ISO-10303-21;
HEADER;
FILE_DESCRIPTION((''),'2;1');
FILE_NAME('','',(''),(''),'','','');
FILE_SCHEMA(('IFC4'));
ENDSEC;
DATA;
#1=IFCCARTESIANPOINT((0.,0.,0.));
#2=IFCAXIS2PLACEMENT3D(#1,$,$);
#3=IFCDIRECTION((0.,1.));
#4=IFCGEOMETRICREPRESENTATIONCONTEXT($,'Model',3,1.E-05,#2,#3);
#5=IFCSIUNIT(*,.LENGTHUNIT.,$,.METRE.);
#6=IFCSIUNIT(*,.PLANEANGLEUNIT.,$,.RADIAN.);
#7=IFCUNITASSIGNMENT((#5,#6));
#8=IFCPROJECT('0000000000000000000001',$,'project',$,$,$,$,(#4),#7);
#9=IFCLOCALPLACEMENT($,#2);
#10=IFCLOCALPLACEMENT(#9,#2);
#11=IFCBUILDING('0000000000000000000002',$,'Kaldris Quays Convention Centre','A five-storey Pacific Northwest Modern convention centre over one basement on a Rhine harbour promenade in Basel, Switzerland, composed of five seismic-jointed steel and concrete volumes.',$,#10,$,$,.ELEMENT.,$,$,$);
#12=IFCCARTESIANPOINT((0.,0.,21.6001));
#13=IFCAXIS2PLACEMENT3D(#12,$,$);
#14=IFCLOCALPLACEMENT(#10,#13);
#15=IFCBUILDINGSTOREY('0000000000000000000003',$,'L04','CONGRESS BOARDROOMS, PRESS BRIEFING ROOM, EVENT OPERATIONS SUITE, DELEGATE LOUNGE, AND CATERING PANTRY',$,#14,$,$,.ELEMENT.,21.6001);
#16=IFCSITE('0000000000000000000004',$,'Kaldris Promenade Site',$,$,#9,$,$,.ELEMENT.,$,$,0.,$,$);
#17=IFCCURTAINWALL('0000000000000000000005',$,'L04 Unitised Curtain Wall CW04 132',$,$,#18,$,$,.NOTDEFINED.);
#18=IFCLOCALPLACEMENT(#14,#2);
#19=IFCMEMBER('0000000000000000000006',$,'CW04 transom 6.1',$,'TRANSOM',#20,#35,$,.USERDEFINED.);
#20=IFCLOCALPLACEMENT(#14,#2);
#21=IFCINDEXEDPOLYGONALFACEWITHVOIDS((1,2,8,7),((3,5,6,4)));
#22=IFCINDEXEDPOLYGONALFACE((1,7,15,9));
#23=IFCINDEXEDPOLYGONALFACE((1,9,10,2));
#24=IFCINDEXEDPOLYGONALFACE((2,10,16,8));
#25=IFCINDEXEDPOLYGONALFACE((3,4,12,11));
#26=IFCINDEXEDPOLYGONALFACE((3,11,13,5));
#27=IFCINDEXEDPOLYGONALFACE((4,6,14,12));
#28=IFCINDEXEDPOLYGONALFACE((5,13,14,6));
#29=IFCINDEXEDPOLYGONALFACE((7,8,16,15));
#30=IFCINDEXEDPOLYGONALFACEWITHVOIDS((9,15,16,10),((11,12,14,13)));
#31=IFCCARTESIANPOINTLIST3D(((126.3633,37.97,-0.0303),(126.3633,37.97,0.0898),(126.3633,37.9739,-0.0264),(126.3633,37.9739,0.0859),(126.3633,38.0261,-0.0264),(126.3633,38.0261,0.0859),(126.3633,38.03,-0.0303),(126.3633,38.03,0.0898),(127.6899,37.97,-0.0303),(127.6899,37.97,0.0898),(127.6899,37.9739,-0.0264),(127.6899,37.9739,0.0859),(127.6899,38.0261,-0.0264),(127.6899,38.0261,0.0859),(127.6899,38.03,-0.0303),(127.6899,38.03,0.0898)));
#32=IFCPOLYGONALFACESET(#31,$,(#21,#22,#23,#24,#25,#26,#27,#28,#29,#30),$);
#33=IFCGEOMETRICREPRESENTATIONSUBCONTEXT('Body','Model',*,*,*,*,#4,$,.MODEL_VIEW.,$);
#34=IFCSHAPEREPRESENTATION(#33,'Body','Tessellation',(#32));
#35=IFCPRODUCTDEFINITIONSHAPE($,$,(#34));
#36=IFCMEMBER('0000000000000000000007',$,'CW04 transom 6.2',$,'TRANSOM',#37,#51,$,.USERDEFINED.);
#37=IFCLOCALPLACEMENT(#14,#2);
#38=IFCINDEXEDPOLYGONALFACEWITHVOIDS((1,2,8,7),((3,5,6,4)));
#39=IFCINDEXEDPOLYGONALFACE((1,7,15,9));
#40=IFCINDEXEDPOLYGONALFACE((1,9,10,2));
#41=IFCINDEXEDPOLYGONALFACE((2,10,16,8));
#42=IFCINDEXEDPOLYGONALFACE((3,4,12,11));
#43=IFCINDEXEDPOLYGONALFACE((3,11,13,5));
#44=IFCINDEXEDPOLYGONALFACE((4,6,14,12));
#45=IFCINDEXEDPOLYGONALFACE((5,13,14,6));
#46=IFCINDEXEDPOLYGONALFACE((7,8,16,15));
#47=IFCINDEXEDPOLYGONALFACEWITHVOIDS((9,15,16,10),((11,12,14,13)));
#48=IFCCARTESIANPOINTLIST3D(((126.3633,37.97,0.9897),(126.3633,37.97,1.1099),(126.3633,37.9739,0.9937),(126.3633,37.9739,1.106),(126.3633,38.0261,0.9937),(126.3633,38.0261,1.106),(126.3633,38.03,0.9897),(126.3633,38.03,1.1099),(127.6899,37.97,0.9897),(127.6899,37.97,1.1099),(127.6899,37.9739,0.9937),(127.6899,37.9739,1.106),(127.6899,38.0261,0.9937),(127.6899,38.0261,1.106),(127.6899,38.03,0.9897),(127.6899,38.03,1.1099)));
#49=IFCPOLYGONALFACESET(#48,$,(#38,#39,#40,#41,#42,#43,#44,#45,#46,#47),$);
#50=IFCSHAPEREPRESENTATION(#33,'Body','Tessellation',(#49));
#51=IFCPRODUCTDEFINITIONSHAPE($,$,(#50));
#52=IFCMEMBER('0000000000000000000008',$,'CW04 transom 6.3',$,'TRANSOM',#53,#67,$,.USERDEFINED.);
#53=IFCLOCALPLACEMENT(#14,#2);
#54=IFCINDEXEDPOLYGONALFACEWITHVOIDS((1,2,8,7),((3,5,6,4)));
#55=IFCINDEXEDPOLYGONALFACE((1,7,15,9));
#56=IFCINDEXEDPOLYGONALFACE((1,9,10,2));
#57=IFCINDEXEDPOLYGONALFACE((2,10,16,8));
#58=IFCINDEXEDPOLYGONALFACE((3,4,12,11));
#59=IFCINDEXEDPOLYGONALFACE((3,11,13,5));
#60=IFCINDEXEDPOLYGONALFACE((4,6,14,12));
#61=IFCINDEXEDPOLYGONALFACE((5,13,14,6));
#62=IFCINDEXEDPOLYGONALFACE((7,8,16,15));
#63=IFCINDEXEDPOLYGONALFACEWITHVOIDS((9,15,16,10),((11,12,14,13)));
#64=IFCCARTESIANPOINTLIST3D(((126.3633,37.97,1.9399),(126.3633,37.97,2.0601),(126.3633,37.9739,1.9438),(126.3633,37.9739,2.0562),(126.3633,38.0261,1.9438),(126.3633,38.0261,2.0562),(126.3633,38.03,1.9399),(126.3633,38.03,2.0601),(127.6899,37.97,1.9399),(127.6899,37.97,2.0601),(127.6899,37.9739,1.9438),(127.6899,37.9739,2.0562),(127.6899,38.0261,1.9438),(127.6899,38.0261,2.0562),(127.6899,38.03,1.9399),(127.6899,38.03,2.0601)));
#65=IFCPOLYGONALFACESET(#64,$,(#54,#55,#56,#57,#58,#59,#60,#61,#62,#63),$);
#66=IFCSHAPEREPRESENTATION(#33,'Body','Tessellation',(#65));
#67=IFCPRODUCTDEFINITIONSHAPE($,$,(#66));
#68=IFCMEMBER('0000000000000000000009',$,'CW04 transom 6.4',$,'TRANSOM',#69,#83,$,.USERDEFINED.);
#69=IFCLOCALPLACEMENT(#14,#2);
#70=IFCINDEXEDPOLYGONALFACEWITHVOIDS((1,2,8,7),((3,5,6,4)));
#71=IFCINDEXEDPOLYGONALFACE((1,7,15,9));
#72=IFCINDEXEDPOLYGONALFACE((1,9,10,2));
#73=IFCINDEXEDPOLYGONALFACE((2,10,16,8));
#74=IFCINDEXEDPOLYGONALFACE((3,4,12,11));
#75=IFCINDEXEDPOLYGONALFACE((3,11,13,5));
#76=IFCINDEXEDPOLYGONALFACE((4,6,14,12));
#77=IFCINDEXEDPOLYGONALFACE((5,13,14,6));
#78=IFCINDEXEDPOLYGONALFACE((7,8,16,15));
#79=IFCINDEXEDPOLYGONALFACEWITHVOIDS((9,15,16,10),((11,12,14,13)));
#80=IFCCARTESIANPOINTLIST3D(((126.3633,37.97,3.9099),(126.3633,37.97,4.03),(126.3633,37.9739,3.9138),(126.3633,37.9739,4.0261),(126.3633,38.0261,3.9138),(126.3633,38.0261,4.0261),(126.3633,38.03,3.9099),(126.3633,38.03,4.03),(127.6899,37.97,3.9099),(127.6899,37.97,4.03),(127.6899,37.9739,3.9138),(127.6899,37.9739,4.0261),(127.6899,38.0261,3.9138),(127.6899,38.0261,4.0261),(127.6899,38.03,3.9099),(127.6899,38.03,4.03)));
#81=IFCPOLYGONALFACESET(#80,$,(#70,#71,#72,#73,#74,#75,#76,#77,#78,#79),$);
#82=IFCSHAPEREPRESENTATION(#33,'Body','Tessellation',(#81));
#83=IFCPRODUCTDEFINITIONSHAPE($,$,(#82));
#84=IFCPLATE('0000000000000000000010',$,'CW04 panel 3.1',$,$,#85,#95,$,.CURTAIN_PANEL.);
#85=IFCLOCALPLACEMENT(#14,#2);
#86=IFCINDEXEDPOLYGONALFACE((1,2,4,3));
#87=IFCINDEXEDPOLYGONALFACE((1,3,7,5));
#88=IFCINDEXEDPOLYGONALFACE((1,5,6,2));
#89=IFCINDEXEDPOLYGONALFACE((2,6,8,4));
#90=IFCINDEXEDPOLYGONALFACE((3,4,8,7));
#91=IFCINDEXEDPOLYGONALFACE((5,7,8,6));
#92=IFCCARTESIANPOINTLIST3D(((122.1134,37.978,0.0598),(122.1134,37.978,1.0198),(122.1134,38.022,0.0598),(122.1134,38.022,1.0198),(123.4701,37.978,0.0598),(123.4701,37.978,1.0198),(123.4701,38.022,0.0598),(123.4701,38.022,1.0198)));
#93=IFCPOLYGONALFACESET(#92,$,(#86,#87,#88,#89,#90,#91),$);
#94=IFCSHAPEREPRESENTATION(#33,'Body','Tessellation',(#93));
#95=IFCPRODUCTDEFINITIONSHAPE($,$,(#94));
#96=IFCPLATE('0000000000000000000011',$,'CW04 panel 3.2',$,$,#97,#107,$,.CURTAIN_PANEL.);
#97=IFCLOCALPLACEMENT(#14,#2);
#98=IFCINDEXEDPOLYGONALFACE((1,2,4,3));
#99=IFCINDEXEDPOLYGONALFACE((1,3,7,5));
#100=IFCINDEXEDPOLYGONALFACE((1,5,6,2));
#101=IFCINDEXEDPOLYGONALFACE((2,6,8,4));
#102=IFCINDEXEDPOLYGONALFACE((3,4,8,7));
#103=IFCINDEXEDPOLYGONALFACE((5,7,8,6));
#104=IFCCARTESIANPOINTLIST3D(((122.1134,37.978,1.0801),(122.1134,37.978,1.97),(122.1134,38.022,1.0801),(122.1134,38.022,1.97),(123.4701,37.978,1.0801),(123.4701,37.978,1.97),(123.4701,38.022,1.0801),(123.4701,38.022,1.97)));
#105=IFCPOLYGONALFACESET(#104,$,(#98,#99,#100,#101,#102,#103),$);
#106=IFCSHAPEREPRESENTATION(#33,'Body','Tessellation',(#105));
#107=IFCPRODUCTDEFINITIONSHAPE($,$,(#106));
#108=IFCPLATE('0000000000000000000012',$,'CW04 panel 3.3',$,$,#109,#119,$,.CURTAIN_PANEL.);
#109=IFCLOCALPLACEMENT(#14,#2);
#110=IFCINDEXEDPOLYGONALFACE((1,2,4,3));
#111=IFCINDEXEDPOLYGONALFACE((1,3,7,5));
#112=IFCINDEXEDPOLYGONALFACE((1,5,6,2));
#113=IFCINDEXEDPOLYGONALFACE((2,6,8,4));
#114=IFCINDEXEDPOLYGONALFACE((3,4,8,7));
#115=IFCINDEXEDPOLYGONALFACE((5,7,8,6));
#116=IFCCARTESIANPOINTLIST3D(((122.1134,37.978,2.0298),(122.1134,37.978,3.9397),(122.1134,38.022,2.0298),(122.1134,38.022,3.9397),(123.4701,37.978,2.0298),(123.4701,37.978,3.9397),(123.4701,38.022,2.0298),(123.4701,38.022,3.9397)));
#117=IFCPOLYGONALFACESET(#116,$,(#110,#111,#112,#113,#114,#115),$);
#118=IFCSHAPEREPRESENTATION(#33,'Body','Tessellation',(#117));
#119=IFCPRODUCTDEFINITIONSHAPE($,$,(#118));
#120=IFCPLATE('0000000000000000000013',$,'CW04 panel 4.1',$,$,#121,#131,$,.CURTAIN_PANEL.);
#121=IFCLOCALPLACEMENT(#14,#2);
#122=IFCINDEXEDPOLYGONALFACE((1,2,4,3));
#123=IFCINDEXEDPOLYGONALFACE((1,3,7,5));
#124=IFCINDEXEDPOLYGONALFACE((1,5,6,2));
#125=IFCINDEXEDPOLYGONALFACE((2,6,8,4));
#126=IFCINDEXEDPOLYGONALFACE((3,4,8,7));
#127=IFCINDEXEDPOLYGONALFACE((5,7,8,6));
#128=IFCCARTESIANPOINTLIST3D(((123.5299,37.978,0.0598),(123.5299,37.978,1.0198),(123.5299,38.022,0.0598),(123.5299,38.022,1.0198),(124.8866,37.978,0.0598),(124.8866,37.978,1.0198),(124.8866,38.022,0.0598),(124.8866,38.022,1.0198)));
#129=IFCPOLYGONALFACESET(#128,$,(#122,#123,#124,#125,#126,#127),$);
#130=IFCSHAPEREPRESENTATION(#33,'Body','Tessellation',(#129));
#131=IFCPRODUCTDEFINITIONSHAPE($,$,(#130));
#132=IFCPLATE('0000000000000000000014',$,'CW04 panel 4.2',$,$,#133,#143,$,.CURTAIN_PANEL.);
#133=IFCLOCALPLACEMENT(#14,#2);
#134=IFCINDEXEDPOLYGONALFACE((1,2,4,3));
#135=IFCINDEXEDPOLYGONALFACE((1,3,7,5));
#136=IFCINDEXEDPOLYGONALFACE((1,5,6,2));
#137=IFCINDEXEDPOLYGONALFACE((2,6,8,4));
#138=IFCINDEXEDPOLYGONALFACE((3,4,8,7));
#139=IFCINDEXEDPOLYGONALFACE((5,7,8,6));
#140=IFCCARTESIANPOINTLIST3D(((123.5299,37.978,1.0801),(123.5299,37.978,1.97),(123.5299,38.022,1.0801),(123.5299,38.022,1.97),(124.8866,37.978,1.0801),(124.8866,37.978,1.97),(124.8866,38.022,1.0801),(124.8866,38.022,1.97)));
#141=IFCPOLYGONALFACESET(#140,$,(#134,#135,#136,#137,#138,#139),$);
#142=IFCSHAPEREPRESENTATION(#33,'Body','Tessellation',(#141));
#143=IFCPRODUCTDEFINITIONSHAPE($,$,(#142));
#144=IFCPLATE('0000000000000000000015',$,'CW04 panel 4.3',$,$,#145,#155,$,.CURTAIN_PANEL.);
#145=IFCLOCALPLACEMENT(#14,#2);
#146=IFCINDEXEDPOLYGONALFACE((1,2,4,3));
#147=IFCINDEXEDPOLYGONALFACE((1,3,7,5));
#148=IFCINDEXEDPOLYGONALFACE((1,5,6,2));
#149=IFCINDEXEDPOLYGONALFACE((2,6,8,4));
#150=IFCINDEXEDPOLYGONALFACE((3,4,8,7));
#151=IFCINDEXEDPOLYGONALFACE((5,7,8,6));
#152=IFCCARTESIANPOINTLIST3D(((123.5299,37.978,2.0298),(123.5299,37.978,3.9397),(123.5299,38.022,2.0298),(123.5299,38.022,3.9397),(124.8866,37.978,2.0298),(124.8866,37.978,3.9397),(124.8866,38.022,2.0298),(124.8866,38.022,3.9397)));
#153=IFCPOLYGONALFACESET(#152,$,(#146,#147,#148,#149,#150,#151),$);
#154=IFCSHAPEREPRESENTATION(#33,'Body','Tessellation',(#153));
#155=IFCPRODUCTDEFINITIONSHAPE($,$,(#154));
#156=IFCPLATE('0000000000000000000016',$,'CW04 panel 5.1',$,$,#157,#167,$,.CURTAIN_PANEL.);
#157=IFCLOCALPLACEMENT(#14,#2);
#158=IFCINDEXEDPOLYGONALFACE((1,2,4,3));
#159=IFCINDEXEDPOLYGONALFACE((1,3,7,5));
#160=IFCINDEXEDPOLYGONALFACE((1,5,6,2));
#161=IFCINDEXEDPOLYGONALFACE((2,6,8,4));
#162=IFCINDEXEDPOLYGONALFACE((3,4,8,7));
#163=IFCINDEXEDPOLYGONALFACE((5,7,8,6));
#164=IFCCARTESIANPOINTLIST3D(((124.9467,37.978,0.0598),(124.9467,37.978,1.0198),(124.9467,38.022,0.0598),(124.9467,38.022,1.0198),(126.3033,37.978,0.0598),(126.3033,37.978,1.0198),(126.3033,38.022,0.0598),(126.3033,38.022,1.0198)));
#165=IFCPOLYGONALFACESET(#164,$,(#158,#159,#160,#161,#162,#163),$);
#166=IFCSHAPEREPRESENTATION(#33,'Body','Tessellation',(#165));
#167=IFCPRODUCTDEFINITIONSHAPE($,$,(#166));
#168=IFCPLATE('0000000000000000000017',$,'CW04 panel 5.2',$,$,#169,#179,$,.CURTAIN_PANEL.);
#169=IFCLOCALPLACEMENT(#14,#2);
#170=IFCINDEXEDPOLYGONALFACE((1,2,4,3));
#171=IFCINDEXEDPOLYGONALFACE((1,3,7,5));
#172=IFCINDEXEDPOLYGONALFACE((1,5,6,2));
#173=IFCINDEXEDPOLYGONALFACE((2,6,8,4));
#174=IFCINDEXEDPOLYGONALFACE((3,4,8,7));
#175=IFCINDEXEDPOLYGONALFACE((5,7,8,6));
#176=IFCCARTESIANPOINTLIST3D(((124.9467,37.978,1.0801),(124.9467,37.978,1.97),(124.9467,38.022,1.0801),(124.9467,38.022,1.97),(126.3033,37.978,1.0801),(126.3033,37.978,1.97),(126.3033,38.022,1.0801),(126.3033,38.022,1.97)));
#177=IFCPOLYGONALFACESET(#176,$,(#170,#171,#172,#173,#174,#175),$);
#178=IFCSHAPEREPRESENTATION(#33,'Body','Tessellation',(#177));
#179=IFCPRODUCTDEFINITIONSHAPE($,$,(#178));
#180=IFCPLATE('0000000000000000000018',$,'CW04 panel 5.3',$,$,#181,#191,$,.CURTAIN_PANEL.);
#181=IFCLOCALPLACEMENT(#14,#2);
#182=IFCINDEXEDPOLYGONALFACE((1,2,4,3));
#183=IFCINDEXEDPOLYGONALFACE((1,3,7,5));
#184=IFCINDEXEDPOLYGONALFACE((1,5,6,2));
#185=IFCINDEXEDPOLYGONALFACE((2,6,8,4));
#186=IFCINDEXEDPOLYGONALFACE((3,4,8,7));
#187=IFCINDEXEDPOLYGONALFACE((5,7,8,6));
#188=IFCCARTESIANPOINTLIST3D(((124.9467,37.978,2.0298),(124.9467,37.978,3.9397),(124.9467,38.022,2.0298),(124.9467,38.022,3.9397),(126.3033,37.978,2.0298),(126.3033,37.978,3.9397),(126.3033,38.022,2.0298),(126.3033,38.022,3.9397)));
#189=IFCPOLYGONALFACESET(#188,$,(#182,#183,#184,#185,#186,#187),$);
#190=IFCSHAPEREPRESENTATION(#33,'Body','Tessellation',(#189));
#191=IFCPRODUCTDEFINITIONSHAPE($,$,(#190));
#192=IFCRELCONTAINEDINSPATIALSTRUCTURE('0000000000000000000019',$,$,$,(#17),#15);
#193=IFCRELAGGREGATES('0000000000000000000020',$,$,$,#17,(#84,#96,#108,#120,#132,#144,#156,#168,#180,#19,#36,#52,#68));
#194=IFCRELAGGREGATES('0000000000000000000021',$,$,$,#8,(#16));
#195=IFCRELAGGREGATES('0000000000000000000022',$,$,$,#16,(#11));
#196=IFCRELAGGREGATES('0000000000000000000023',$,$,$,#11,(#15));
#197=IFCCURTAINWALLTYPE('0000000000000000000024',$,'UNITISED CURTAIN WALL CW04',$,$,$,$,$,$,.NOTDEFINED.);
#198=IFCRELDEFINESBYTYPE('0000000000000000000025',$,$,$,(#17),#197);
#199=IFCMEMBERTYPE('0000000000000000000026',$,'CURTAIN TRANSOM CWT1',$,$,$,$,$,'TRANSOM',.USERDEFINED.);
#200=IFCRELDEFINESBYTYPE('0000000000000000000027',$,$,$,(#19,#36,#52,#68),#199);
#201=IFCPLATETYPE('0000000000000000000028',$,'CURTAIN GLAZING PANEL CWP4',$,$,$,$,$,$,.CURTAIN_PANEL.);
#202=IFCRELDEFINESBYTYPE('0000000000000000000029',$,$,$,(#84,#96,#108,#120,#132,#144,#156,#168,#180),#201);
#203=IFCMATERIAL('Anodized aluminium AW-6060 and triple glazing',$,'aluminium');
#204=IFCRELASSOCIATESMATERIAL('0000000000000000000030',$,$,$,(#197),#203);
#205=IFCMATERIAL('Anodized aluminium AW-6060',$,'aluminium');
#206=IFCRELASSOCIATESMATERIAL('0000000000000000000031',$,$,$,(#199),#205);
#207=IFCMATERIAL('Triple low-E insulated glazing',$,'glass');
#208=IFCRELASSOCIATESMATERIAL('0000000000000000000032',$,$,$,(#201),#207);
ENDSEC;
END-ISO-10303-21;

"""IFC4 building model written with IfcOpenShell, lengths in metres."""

from ifc_helpers import new_model, si_unit, direction, frame, origin, origin_2d, place, context, subcontext, project, spatial, rectangle, hollow_rectangle, extrude, material, material_profile, profile_set, type_object, element, aggregate, save


model = new_model("IFC4")

# Units and contexts
model_context = context("Model", 3, precision=1e-05, world=origin(), true_north=direction((0.0, 1.0)))
body_context = subcontext(model_context, "Body", "Model", "MODEL_VIEW")
ifc_project = project(units=[si_unit("LENGTHUNIT", "METRE"), si_unit("PLANEANGLEUNIT", "RADIAN")], contexts=[model_context])

# Site, building, storey
site_placement = place(None, origin())
site = spatial("IfcSite", under=ifc_project, at=site_placement, Name="Kaldris Promenade Site", CompositionType="ELEMENT", RefElevation=0.0)
building_placement = place(site_placement, origin())
building = spatial("IfcBuilding", under=site, at=building_placement, Name="Kaldris Quays Convention Centre", Description="A five-storey Pacific Northwest Modern convention centre over one basement on a Rhine harbour promenade in Basel, Switzerland, composed of five seismic-jointed steel and concrete volumes.", CompositionType="ELEMENT")
storey_placement = place(building_placement, frame((0.0, 0.0, 21.6001)))
storey = spatial("IfcBuildingStorey", under=building, at=storey_placement, Name="L04", Description="CONGRESS BOARDROOMS, PRESS BRIEFING ROOM, EVENT OPERATIONS SUITE, DELEGATE LOUNGE, AND CATERING PANTRY", CompositionType="ELEMENT", Elevation=21.6001)

# Curtain wall, members, plates
ifc_material_1 = material(Name="Anodized aluminium AW-6060 and triple glazing", Category="aluminium")
curtain_wall_type = type_object("IfcCurtainWallType", Name="UNITISED CURTAIN WALL CW04", PredefinedType="NOTDEFINED", material=ifc_material_1)
curtain_wall_placement = place(storey_placement, origin())
curtain_wall = element("IfcCurtainWall", 1, at=curtain_wall_placement, inside=storey, type_object=curtain_wall_type, Name="L04 Unitised Curtain Wall CW04 132", PredefinedType="NOTDEFINED")
ifc_material_2 = material(Name="Anodized aluminium AW-6060", Category="aluminium")
ifc_material_profile_1 = material_profile(ifc_material_2, hollow_rectangle(XDim=0.0601, YDim=0.1201, WallThickness=0.0039, at=origin_2d()), Name="RHS 120x60x4")
ifc_profile_set_1 = profile_set([ifc_material_profile_1], Name="Anodized aluminium AW-6060")
member_type_1 = type_object("IfcMemberType", Name="CURTAIN TRANSOM CWT1", ElementType="TRANSOM", PredefinedType="USERDEFINED", material=ifc_profile_set_1)
member_1_placement = place(storey_placement, frame((126.3633, 38.0, 0.0298), z_axis=(1.0, 0.0, 0.0), x_axis=(0.0, 1.0, 0.0)))
member_1 = element("IfcMember", 2, at=member_1_placement, type_object=member_type_1, Name="CW04 transom 6.1", ObjectType="TRANSOM", PredefinedType="USERDEFINED", context=body_context, shape_type="SweptSolid", body=[
    extrude(hollow_rectangle(XDim=0.0601, YDim=0.1201, WallThickness=0.0039, at=origin_2d()), origin(), (0.0, 0.0, 1.0), 1.3267),
])
member_2_placement = place(storey_placement, frame((126.3633, 38.0, 1.0498), z_axis=(1.0, 0.0, 0.0), x_axis=(0.0, 1.0, 0.0)))
member_2 = element("IfcMember", 3, at=member_2_placement, type_object=member_type_1, Name="CW04 transom 6.2", ObjectType="TRANSOM", PredefinedType="USERDEFINED", context=body_context, shape_type="SweptSolid", body=[
    extrude(hollow_rectangle(XDim=0.0601, YDim=0.1201, WallThickness=0.0039, at=origin_2d()), origin(), (0.0, 0.0, 1.0), 1.3267),
])
member_3_placement = place(storey_placement, frame((126.3633, 38.0, 2.0), z_axis=(1.0, 0.0, 0.0), x_axis=(0.0, 1.0, 0.0)))
member_3 = element("IfcMember", 4, at=member_3_placement, type_object=member_type_1, Name="CW04 transom 6.3", ObjectType="TRANSOM", PredefinedType="USERDEFINED", context=body_context, shape_type="SweptSolid", body=[
    extrude(hollow_rectangle(XDim=0.0601, YDim=0.1201, WallThickness=0.0039, at=origin_2d()), origin(), (0.0, 0.0, 1.0), 1.3267),
])
member_4_placement = place(storey_placement, frame((126.3633, 38.0, 3.97), z_axis=(1.0, 0.0, 0.0), x_axis=(0.0, 1.0, 0.0)))
member_4 = element("IfcMember", 5, at=member_4_placement, type_object=member_type_1, Name="CW04 transom 6.4", ObjectType="TRANSOM", PredefinedType="USERDEFINED", context=body_context, shape_type="SweptSolid", body=[
    extrude(hollow_rectangle(XDim=0.0601, YDim=0.1201, WallThickness=0.0039, at=origin_2d()), origin(), (0.0, 0.0, 1.0), 1.3267),
])
ifc_material_3 = material(Name="Triple low-E insulated glazing", Category="glass")
plate_type = type_object("IfcPlateType", Name="CURTAIN GLAZING PANEL CWP4", PredefinedType="CURTAIN_PANEL", material=ifc_material_3)
plate_1_placement = place(storey_placement, frame((122.7917, 38.0, 0.0598), z_axis=(0.0, 0.0, 1.0), x_axis=(1.0, 0.0, 0.0)))
plate_1 = element("IfcPlate", 6, at=plate_1_placement, type_object=plate_type, Name="CW04 panel 3.1", PredefinedType="CURTAIN_PANEL", context=body_context, shape_type="SweptSolid", body=[
    extrude(rectangle(XDim=1.3567, YDim=0.0439, at=origin_2d()), origin(), (0.0, 0.0, 1.0), 0.96),
])
plate_2_placement = place(storey_placement, frame((122.7917, 38.0, 1.0801), z_axis=(0.0, 0.0, 1.0), x_axis=(1.0, 0.0, 0.0)))
plate_2 = element("IfcPlate", 7, at=plate_2_placement, type_object=plate_type, Name="CW04 panel 3.2", PredefinedType="CURTAIN_PANEL", context=body_context, shape_type="SweptSolid", body=[
    extrude(rectangle(XDim=1.3567, YDim=0.0439, at=origin_2d()), origin(), (0.0, 0.0, 1.0), 0.8899),
])
plate_3_placement = place(storey_placement, frame((122.7917, 38.0, 2.0298), z_axis=(0.0, 0.0, 1.0), x_axis=(1.0, 0.0, 0.0)))
plate_3 = element("IfcPlate", 8, at=plate_3_placement, type_object=plate_type, Name="CW04 panel 3.3", PredefinedType="CURTAIN_PANEL", context=body_context, shape_type="SweptSolid", body=[
    extrude(rectangle(XDim=1.3567, YDim=0.0439, at=origin_2d()), origin(), (0.0, 0.0, 1.0), 1.9099),
])
plate_4_placement = place(storey_placement, frame((124.2083, 38.0, 0.0598), z_axis=(0.0, 0.0, 1.0), x_axis=(1.0, 0.0, 0.0)))
plate_4 = element("IfcPlate", 9, at=plate_4_placement, type_object=plate_type, Name="CW04 panel 4.1", PredefinedType="CURTAIN_PANEL", context=body_context, shape_type="SweptSolid", body=[
    extrude(rectangle(XDim=1.3567, YDim=0.0439, at=origin_2d()), origin(), (0.0, 0.0, 1.0), 0.96),
])
plate_5_placement = place(storey_placement, frame((124.2083, 38.0, 1.0801), z_axis=(0.0, 0.0, 1.0), x_axis=(1.0, 0.0, 0.0)))
plate_5 = element("IfcPlate", 10, at=plate_5_placement, type_object=plate_type, Name="CW04 panel 4.2", PredefinedType="CURTAIN_PANEL", context=body_context, shape_type="SweptSolid", body=[
    extrude(rectangle(XDim=1.3567, YDim=0.0439, at=origin_2d()), origin(), (0.0, 0.0, 1.0), 0.8899),
])
plate_6_placement = place(storey_placement, frame((124.2083, 38.0, 2.0298), z_axis=(0.0, 0.0, 1.0), x_axis=(1.0, 0.0, 0.0)))
plate_6 = element("IfcPlate", 11, at=plate_6_placement, type_object=plate_type, Name="CW04 panel 4.3", PredefinedType="CURTAIN_PANEL", context=body_context, shape_type="SweptSolid", body=[
    extrude(rectangle(XDim=1.3567, YDim=0.0439, at=origin_2d()), origin(), (0.0, 0.0, 1.0), 1.9099),
])
plate_7_placement = place(storey_placement, frame((125.625, 38.0, 0.0598), z_axis=(0.0, 0.0, 1.0), x_axis=(1.0, 0.0, 0.0)))
plate_7 = element("IfcPlate", 12, at=plate_7_placement, type_object=plate_type, Name="CW04 panel 5.1", PredefinedType="CURTAIN_PANEL", context=body_context, shape_type="SweptSolid", body=[
    extrude(rectangle(XDim=1.3567, YDim=0.0439, at=origin_2d()), origin(), (0.0, 0.0, 1.0), 0.96),
])
plate_8_placement = place(storey_placement, frame((125.625, 38.0, 1.0801), z_axis=(0.0, 0.0, 1.0), x_axis=(1.0, 0.0, 0.0)))
plate_8 = element("IfcPlate", 13, at=plate_8_placement, type_object=plate_type, Name="CW04 panel 5.2", PredefinedType="CURTAIN_PANEL", context=body_context, shape_type="SweptSolid", body=[
    extrude(rectangle(XDim=1.3567, YDim=0.0439, at=origin_2d()), origin(), (0.0, 0.0, 1.0), 0.8899),
])
plate_9_placement = place(storey_placement, frame((125.625, 38.0, 2.0298), z_axis=(0.0, 0.0, 1.0), x_axis=(1.0, 0.0, 0.0)))
plate_9 = element("IfcPlate", 14, at=plate_9_placement, type_object=plate_type, Name="CW04 panel 5.3", PredefinedType="CURTAIN_PANEL", context=body_context, shape_type="SweptSolid", body=[
    extrude(rectangle(XDim=1.3567, YDim=0.0439, at=origin_2d()), origin(), (0.0, 0.0, 1.0), 1.9099),
])
aggregate(curtain_wall, [plate_1, plate_2, plate_3, plate_4, plate_5, plate_6, plate_7, plate_8, plate_9, member_1, member_2, member_3, member_4])

save(model, "model.ifc")
